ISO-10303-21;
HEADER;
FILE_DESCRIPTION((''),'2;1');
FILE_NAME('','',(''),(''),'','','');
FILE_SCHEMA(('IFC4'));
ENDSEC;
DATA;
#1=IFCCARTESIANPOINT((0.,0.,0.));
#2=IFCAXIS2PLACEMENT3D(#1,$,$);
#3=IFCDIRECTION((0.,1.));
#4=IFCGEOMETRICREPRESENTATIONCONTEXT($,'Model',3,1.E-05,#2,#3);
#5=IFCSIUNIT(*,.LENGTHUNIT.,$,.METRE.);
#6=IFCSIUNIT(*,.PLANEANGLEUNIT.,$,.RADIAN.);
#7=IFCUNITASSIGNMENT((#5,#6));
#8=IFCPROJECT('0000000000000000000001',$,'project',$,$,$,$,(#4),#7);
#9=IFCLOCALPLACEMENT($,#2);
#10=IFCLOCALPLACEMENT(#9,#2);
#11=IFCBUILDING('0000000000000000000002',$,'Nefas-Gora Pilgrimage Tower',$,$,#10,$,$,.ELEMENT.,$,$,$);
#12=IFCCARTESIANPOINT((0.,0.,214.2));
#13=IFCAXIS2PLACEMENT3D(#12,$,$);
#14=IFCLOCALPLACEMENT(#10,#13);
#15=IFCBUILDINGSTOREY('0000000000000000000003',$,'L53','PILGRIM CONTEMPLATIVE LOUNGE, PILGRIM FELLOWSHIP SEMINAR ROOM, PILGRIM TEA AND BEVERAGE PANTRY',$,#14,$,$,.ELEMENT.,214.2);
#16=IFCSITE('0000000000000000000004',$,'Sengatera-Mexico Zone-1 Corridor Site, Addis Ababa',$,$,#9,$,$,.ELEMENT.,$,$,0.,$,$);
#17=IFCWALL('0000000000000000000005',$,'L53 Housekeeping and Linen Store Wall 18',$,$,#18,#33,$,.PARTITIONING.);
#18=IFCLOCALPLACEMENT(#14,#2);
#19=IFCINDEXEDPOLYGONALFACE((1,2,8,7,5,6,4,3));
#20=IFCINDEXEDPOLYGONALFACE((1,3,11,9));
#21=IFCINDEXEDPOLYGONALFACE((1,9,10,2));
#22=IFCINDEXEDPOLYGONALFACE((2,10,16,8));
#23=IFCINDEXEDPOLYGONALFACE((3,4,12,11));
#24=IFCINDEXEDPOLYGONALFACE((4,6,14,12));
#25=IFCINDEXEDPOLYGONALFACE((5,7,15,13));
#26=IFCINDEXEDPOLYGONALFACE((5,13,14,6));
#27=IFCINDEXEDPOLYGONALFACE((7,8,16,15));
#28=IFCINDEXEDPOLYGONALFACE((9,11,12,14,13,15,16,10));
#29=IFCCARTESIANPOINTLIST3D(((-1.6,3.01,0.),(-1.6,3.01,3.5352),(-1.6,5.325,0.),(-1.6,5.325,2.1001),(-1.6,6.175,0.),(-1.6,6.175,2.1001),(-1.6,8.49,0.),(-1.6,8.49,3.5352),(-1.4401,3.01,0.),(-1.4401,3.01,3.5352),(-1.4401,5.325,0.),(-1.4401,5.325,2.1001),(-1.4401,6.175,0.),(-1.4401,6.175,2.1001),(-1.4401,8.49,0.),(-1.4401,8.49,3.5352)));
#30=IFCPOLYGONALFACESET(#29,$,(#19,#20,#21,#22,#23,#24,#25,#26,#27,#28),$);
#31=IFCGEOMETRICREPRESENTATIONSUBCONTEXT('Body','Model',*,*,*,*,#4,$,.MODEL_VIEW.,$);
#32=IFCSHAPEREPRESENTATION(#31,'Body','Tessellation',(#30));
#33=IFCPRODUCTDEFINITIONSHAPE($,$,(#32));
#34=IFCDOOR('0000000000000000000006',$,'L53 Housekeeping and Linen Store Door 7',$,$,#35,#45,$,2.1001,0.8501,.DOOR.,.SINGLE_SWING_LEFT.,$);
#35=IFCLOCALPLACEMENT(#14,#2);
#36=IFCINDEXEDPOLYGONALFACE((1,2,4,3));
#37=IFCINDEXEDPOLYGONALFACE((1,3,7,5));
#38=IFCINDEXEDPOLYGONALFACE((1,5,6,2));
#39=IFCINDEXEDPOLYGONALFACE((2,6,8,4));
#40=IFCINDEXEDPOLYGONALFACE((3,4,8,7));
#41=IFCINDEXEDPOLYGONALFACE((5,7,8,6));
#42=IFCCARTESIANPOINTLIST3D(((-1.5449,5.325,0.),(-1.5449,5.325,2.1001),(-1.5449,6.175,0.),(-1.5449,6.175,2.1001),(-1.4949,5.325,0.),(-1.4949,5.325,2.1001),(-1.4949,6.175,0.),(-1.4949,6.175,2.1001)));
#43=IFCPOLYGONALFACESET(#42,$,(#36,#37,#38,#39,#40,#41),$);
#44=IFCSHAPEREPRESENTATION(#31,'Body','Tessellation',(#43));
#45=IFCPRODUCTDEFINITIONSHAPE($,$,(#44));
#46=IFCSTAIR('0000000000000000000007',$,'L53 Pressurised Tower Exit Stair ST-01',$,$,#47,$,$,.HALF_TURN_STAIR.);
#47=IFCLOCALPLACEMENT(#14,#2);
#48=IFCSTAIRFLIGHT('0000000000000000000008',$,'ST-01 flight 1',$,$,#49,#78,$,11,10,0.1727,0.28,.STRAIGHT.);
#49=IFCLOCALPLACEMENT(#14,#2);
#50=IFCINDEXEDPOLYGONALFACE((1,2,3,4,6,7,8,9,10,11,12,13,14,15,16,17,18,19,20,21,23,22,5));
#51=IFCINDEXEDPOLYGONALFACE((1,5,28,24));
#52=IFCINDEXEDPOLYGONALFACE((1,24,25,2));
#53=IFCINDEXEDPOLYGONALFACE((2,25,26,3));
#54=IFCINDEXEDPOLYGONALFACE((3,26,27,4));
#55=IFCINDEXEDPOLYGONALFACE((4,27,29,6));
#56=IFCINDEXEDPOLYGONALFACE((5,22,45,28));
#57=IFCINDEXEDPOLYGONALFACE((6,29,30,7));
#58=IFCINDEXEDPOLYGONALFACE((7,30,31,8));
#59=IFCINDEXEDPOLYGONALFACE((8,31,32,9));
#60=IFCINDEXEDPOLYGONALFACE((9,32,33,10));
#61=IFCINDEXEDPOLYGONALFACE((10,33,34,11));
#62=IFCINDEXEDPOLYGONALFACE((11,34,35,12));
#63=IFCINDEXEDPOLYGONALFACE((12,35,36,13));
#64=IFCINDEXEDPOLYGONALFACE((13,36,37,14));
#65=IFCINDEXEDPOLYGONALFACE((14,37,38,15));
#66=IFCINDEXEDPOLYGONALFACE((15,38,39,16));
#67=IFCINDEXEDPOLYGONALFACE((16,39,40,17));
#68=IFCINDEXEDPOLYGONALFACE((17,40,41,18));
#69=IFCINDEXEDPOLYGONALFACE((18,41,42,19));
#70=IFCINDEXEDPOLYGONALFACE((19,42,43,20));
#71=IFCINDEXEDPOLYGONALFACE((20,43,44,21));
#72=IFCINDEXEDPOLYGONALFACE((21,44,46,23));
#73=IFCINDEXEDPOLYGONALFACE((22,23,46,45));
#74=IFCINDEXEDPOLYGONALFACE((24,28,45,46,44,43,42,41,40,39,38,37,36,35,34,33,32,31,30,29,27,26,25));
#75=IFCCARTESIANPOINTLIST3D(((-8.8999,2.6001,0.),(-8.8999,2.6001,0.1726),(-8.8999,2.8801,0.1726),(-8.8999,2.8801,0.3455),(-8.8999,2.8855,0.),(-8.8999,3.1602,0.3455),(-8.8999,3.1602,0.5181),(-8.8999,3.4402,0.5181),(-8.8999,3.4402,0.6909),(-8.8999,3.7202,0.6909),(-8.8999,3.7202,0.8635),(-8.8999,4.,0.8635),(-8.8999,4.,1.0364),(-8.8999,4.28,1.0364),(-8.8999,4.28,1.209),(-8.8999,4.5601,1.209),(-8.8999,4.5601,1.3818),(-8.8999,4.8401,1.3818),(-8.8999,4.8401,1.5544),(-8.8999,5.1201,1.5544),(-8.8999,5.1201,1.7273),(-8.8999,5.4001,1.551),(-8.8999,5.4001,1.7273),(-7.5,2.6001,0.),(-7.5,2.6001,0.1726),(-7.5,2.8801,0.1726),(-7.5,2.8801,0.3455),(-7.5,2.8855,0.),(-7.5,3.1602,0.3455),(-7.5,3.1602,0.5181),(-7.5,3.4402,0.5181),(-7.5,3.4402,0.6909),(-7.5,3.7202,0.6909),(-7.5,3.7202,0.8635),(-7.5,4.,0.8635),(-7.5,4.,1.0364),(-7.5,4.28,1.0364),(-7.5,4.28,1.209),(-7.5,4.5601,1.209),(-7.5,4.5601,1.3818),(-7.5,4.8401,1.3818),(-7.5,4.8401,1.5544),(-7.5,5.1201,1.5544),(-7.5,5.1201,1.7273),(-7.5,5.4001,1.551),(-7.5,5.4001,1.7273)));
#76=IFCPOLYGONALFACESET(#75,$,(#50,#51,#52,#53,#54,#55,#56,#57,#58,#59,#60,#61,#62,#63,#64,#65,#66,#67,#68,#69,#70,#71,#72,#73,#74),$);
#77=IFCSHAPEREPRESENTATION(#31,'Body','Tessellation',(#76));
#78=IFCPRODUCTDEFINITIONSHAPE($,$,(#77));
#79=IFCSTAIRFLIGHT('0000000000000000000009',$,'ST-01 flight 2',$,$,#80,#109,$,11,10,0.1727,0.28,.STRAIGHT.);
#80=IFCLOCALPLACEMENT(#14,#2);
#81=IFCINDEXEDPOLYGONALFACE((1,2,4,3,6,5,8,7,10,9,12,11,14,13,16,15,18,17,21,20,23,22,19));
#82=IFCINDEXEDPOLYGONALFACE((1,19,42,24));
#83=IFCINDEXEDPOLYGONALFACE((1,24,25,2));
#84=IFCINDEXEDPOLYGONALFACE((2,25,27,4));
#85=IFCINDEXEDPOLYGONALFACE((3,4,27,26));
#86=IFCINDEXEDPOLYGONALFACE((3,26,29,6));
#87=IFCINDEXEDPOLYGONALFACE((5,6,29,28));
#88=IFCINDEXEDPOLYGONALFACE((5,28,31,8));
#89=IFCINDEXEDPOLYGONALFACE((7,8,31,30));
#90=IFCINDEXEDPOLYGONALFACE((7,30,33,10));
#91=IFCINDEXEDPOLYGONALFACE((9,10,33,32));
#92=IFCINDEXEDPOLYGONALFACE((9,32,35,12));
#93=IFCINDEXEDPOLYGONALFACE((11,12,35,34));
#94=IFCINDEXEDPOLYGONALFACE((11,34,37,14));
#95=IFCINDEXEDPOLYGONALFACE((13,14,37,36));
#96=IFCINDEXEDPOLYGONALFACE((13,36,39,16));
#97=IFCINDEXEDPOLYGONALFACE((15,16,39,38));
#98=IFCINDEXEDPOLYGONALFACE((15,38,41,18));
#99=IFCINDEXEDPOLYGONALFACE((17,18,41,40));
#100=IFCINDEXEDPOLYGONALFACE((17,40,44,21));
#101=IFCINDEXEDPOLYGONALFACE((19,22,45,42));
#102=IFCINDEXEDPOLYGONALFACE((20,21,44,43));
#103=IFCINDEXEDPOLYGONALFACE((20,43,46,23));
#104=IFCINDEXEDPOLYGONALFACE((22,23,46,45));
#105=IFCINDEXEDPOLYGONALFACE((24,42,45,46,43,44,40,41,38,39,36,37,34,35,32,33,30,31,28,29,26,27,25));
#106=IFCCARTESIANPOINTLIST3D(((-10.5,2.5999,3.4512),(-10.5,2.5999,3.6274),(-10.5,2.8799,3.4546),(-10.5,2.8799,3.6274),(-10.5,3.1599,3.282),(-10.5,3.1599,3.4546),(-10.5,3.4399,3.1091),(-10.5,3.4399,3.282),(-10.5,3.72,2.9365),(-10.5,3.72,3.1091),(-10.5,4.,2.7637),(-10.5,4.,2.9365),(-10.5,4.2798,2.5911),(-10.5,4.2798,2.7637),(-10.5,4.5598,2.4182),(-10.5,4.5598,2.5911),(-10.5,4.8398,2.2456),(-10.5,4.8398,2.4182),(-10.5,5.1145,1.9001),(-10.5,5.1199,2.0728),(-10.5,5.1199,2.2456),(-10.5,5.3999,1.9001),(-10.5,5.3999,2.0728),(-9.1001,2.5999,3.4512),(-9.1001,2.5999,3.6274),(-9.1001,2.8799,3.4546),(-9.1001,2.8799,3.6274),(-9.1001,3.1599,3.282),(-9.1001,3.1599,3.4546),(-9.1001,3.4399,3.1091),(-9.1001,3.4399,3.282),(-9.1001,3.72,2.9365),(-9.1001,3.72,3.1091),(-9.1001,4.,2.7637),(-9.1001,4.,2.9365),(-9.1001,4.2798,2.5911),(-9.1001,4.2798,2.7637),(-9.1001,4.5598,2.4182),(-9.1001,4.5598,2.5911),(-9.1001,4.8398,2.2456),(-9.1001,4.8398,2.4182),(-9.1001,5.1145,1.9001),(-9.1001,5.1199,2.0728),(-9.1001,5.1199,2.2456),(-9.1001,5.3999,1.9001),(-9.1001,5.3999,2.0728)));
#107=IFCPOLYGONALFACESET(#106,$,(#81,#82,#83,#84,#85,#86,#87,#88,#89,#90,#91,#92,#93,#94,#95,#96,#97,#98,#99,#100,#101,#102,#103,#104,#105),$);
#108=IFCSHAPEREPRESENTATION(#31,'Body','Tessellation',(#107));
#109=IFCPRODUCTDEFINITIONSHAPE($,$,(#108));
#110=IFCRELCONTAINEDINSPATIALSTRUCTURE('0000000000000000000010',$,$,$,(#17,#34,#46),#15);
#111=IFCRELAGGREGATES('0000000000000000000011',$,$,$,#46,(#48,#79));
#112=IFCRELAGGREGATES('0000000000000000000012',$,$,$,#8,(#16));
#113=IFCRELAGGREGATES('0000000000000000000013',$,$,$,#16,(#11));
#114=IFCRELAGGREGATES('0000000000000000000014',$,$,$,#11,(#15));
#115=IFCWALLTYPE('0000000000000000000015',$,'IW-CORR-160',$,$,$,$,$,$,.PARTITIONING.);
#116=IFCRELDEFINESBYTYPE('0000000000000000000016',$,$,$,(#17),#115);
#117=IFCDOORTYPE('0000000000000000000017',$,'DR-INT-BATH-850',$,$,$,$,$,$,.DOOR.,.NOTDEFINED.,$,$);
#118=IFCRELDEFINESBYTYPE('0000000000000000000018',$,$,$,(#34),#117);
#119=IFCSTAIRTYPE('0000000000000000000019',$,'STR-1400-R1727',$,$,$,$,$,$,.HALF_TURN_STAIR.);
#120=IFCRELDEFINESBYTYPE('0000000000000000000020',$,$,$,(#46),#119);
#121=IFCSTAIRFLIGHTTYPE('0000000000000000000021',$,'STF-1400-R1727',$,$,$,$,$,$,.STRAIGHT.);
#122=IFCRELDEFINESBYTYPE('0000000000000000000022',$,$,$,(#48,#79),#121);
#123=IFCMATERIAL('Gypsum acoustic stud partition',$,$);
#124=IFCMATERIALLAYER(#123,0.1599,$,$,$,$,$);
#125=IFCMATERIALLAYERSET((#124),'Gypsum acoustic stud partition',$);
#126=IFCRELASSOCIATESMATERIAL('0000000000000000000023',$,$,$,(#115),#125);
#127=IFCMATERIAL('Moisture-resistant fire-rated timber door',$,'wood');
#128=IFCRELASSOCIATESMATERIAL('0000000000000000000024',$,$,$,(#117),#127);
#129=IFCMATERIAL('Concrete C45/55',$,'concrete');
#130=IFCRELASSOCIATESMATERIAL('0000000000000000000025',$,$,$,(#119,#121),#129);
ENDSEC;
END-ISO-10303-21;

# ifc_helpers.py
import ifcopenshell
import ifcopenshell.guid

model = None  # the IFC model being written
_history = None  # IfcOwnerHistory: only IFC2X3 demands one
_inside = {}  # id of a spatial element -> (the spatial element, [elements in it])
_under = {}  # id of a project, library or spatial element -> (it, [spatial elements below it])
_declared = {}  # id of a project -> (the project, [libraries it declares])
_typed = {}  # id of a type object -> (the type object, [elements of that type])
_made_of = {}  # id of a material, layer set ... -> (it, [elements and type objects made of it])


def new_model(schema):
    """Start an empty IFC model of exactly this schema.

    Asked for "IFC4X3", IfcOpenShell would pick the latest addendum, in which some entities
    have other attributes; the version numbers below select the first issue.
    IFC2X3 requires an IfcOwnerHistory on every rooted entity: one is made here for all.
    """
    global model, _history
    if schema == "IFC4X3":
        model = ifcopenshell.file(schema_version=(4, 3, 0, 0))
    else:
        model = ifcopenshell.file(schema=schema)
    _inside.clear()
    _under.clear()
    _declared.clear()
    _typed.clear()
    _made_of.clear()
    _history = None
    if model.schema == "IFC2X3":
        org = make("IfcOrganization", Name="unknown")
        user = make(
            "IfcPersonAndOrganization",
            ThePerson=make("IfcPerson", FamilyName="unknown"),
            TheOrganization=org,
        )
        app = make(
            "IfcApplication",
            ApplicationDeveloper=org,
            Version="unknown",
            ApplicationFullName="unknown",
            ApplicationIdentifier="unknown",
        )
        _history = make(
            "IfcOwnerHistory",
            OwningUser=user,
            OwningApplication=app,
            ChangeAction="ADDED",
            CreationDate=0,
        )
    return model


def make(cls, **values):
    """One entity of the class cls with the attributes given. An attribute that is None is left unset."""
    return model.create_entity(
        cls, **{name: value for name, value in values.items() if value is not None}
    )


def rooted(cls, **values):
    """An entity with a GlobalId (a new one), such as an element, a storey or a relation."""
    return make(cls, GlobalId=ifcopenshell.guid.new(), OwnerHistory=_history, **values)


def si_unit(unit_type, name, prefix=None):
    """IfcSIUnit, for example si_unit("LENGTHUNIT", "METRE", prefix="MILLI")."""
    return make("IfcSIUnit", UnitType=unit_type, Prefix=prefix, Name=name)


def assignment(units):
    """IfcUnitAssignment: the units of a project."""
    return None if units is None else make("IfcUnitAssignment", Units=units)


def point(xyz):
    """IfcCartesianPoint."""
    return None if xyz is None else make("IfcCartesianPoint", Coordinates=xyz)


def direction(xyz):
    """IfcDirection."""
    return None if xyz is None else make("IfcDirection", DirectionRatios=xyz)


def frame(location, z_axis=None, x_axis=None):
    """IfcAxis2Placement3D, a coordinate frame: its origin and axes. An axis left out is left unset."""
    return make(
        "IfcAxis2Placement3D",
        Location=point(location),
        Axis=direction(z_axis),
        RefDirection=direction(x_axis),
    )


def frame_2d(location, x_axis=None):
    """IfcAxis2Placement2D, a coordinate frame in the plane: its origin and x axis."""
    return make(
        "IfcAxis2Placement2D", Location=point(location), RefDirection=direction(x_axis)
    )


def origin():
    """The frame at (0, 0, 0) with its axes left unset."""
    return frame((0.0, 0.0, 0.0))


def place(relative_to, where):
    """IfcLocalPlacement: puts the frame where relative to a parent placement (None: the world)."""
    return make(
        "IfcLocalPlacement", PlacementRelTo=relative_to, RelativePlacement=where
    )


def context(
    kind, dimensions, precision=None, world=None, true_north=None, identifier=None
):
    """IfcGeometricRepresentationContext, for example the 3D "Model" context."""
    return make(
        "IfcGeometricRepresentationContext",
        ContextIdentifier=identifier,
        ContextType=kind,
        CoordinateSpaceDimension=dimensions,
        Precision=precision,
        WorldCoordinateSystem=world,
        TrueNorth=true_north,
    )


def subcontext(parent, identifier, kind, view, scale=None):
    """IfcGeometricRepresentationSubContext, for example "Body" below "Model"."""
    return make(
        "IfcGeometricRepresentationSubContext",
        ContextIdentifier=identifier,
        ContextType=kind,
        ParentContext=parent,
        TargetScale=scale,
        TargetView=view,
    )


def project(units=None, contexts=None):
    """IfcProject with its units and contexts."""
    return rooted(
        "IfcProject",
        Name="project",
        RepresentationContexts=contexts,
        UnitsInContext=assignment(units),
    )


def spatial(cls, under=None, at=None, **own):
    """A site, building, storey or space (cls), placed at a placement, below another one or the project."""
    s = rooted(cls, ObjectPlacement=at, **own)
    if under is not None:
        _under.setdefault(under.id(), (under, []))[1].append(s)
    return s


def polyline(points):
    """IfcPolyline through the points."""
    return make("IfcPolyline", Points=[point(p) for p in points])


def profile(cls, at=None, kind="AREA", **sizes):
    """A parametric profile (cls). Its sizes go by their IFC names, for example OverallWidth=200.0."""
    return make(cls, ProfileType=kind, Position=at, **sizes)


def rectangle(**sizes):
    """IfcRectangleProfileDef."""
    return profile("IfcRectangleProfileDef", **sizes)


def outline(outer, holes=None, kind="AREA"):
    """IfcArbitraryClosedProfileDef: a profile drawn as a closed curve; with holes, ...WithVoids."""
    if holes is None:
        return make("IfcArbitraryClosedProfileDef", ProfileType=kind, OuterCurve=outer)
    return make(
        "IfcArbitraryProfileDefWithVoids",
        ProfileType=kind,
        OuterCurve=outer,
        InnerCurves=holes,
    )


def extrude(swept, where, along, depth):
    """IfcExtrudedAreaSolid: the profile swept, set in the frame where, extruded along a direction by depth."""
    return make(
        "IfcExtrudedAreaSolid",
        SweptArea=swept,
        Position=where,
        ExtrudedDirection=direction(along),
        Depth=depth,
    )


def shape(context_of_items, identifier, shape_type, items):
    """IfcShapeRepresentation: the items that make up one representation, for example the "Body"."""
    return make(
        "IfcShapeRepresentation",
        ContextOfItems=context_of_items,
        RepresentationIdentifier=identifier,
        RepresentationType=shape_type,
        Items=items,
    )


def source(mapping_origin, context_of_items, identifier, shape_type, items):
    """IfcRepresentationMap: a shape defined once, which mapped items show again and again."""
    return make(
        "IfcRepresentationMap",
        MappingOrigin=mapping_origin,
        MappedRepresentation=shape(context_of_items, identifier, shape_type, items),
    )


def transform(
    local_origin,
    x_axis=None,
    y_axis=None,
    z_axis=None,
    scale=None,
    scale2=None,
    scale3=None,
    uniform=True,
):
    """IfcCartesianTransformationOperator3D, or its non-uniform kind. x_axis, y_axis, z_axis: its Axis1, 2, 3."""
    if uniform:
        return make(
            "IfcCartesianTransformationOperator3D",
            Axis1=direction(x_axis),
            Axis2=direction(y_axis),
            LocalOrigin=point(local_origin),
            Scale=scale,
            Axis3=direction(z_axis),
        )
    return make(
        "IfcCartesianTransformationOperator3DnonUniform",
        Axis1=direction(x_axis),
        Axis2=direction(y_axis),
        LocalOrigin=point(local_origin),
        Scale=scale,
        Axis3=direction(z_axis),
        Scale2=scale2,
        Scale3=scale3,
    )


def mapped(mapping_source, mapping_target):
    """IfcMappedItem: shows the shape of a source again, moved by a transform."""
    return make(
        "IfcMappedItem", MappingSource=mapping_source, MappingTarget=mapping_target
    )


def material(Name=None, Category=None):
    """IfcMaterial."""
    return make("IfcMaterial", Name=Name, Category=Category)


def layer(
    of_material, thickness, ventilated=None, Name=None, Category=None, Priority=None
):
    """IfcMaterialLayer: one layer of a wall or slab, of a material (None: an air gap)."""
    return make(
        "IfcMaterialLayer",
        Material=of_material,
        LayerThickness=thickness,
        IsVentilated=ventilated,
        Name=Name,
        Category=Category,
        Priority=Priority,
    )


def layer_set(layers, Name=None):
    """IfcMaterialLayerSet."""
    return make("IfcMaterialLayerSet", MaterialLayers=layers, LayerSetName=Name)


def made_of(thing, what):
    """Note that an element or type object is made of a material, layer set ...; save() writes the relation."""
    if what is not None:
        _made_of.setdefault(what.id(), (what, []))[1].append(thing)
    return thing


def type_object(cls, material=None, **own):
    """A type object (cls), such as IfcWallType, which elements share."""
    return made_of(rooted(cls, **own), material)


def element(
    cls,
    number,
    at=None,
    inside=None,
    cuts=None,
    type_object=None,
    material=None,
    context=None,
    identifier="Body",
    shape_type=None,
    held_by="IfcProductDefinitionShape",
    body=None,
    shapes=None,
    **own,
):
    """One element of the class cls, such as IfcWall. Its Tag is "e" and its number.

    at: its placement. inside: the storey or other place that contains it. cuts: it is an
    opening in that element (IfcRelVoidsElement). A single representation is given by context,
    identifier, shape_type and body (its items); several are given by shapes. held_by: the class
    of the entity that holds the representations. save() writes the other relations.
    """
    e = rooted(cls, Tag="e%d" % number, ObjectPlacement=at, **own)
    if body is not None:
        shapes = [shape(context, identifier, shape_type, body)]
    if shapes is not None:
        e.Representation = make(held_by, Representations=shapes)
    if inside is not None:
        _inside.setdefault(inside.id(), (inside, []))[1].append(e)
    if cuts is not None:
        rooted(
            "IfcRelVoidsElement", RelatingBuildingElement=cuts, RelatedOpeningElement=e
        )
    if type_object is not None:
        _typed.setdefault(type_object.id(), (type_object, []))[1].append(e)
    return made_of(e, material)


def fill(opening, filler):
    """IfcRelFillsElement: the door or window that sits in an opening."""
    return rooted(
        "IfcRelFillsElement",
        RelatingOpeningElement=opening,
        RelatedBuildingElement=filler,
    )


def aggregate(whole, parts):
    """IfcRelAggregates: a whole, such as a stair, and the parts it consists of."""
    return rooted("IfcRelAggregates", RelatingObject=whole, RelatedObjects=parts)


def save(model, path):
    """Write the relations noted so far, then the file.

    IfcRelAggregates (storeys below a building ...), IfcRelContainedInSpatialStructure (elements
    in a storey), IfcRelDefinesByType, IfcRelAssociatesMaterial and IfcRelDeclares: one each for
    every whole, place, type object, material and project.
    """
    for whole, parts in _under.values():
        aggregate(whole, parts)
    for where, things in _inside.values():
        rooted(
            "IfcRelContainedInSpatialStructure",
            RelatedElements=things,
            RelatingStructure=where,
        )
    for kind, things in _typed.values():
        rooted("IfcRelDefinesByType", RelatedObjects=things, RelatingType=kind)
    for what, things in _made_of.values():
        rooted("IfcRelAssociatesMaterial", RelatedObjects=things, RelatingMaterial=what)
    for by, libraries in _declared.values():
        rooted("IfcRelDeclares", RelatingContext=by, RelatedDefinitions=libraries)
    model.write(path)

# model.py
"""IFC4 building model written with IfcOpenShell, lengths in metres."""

from ifc_helpers import new_model, si_unit, direction, frame, frame_2d, origin, place, context, subcontext, project, spatial, polyline, rectangle, outline, extrude, source, transform, mapped, material, layer, layer_set, type_object, element, fill, aggregate, save


model = new_model("IFC4")

# Units and contexts
model_context = context("Model", 3, precision=1e-05, world=origin(), true_north=direction((0.0, 1.0)))
body_context = subcontext(model_context, "Body", "Model", "MODEL_VIEW")
ifc_project = project(units=[si_unit("LENGTHUNIT", "METRE"), si_unit("PLANEANGLEUNIT", "RADIAN")], contexts=[model_context])

# Site, building, storey
site_placement = place(None, origin())
site = spatial("IfcSite", under=ifc_project, at=site_placement, Name="Sengatera-Mexico Zone-1 Corridor Site, Addis Ababa", CompositionType="ELEMENT", RefElevation=0.0)
building_placement = place(site_placement, origin())
building = spatial("IfcBuilding", under=site, at=building_placement, Name="Nefas-Gora Pilgrimage Tower", CompositionType="ELEMENT")
storey_placement = place(building_placement, frame((0.0, 0.0, 214.2)))
storey = spatial("IfcBuildingStorey", under=building, at=storey_placement, Name="L53", Description="PILGRIM CONTEMPLATIVE LOUNGE, PILGRIM FELLOWSHIP SEMINAR ROOM, PILGRIM TEA AND BEVERAGE PANTRY", CompositionType="ELEMENT", Elevation=214.2)

# Shared definitions
ifc_material_1 = material(Name="Concrete C45/55", Category="concrete")

# Wall, opening, door
ifc_material_2 = material(Name="Gypsum acoustic stud partition")
ifc_layer_1 = layer(ifc_material_2, 0.1599)
ifc_layer_set_1 = layer_set([ifc_layer_1], Name="Gypsum acoustic stud partition")
wall_type_1 = type_object("IfcWallType", Name="IW-CORR-160", PredefinedType="PARTITIONING", material=ifc_layer_set_1)
shared_shape_1 = source(origin(), body_context, "Body", "SweptSolid", [
    extrude(rectangle(XDim=5.48, YDim=0.1599, at=frame_2d((2.74, 0.0))), origin(), (0.0, 0.0, 1.0), 3.5352),
])
wall_1_placement = place(storey_placement, frame((-1.52, 3.01, 0.0), z_axis=(0.0, 0.0, 1.0), x_axis=(0.0, 1.0, 0.0)))
wall_1 = element("IfcWall", 1, at=wall_1_placement, inside=storey, type_object=wall_type_1, Name="L53 Housekeeping and Linen Store Wall 18", PredefinedType="PARTITIONING", context=body_context, shape_type="MappedRepresentation", body=[
    mapped(shared_shape_1, transform((0.0, 0.0, 0.0), x_axis=(1.0, 0.0, 0.0), y_axis=(0.0, 1.0, 0.0), z_axis=(0.0, 0.0, 1.0), scale=1.0)),
])
opening_1_placement = place(wall_1_placement, frame((2.3149, 0.0, 0.0)))
opening_1 = element("IfcOpeningElement", 2, at=opening_1_placement, cuts=wall_1, PredefinedType="OPENING", context=body_context, shape_type="SweptSolid", body=[
    extrude(rectangle(XDim=0.8501, YDim=2.1001, at=frame_2d((0.425, 1.05))), frame((0.0, 0.0898, 0.0), z_axis=(0.0, -1.0, 0.0), x_axis=(1.0, 0.0, 0.0)), (0.0, 0.0, 1.0), 0.1799),
])
ifc_material_3 = material(Name="Moisture-resistant fire-rated timber door", Category="wood")
door_type_1 = type_object("IfcDoorType", Name="DR-INT-BATH-850", OperationType="NOTDEFINED", PredefinedType="DOOR", material=ifc_material_3)
shared_shape_2 = source(origin(), body_context, "Body", "SweptSolid", [
    extrude(rectangle(XDim=0.8501, YDim=2.1001, at=frame_2d((0.425, 1.05))), frame((0.0, 0.0249, 0.0), z_axis=(0.0, -1.0, 0.0), x_axis=(1.0, 0.0, 0.0)), (0.0, 0.0, 1.0), 0.05),
])
door_1_placement = place(opening_1_placement, origin())
door_1 = element("IfcDoor", 3, at=door_1_placement, inside=storey, type_object=door_type_1, Name="L53 Housekeeping and Linen Store Door 7", OperationType="SINGLE_SWING_LEFT", OverallHeight=2.1001, OverallWidth=0.8501, PredefinedType="DOOR", context=body_context, shape_type="MappedRepresentation", body=[
    mapped(shared_shape_2, transform((0.0, 0.0, 0.0), x_axis=(1.0, 0.0, 0.0), y_axis=(0.0, 1.0, 0.0), z_axis=(0.0, 0.0, 1.0), scale=1.0)),
])
fill(opening_1, door_1)

# Stair, stair flights
stair_type = type_object("IfcStairType", Name="STR-1400-R1727", PredefinedType="HALF_TURN_STAIR", material=ifc_material_1)
stair_placement = place(storey_placement, origin())
stair = element("IfcStair", 4, at=stair_placement, inside=storey, type_object=stair_type, Name="L53 Pressurised Tower Exit Stair ST-01", PredefinedType="HALF_TURN_STAIR")
stair_flight_type = type_object("IfcStairFlightType", Name="STF-1400-R1727", PredefinedType="STRAIGHT", material=ifc_material_1)
shared_shape_3 = source(origin(), body_context, "Body", "SweptSolid", [
    extrude(outline(polyline([(0.0, 0.0), (0.0, 0.1726), (0.28, 0.1726), (0.28, 0.3455), (0.5601, 0.3455), (0.5601, 0.5181), (0.8401, 0.5181), (0.8401, 0.6909), (1.1201, 0.6909), (1.1201, 0.8635), (1.3999, 0.8635), (1.3999, 1.0364), (1.6799, 1.0364), (1.6799, 1.209), (1.96, 1.209), (1.96, 1.3818), (2.24, 1.3818), (2.24, 1.5544), (2.52, 1.5544), (2.52, 1.7273), (2.8, 1.7273), (2.8, 1.8999), (2.8, 1.551), (0.2854, 0.0), (0.0, 0.0)])), frame((0.0, 0.7, 0.0), z_axis=(0.0, -1.0, 0.0), x_axis=(1.0, 0.0, 0.0)), (0.0, 0.0, 1.0), 1.3999),
])
stair_flight_1_placement = place(storey_placement, frame((-8.2, 2.6001, 0.0), z_axis=(0.0, 0.0, 1.0), x_axis=(0.0, 1.0, 0.0)))
stair_flight_1 = element("IfcStairFlight", 5, at=stair_flight_1_placement, type_object=stair_flight_type, Name="ST-01 flight 1", NumberOfRisers=11, NumberOfTreads=10, PredefinedType="STRAIGHT", RiserHeight=0.1727, TreadLength=0.28, context=body_context, shape_type="MappedRepresentation", body=[
    mapped(shared_shape_3, transform((0.0, 0.0, 0.0), x_axis=(1.0, 0.0, 0.0), y_axis=(0.0, 1.0, 0.0), z_axis=(0.0, 0.0, 1.0), scale=1.0)),
])
stair_flight_2_placement = place(storey_placement, frame((-9.8, 5.3999, 1.9001), z_axis=(0.0, 0.0, 1.0), x_axis=(0.0, -1.0, 0.0)))
stair_flight_2 = element("IfcStairFlight", 6, at=stair_flight_2_placement, type_object=stair_flight_type, Name="ST-01 flight 2", NumberOfRisers=11, NumberOfTreads=10, PredefinedType="STRAIGHT", RiserHeight=0.1727, TreadLength=0.28, context=body_context, shape_type="MappedRepresentation", body=[
    mapped(shared_shape_3, transform((0.0, 0.0, 0.0), x_axis=(1.0, 0.0, 0.0), y_axis=(0.0, 1.0, 0.0), z_axis=(0.0, 0.0, 1.0), scale=1.0)),
])
aggregate(stair, [stair_flight_1, stair_flight_2])

save(model, "model.ifc")
